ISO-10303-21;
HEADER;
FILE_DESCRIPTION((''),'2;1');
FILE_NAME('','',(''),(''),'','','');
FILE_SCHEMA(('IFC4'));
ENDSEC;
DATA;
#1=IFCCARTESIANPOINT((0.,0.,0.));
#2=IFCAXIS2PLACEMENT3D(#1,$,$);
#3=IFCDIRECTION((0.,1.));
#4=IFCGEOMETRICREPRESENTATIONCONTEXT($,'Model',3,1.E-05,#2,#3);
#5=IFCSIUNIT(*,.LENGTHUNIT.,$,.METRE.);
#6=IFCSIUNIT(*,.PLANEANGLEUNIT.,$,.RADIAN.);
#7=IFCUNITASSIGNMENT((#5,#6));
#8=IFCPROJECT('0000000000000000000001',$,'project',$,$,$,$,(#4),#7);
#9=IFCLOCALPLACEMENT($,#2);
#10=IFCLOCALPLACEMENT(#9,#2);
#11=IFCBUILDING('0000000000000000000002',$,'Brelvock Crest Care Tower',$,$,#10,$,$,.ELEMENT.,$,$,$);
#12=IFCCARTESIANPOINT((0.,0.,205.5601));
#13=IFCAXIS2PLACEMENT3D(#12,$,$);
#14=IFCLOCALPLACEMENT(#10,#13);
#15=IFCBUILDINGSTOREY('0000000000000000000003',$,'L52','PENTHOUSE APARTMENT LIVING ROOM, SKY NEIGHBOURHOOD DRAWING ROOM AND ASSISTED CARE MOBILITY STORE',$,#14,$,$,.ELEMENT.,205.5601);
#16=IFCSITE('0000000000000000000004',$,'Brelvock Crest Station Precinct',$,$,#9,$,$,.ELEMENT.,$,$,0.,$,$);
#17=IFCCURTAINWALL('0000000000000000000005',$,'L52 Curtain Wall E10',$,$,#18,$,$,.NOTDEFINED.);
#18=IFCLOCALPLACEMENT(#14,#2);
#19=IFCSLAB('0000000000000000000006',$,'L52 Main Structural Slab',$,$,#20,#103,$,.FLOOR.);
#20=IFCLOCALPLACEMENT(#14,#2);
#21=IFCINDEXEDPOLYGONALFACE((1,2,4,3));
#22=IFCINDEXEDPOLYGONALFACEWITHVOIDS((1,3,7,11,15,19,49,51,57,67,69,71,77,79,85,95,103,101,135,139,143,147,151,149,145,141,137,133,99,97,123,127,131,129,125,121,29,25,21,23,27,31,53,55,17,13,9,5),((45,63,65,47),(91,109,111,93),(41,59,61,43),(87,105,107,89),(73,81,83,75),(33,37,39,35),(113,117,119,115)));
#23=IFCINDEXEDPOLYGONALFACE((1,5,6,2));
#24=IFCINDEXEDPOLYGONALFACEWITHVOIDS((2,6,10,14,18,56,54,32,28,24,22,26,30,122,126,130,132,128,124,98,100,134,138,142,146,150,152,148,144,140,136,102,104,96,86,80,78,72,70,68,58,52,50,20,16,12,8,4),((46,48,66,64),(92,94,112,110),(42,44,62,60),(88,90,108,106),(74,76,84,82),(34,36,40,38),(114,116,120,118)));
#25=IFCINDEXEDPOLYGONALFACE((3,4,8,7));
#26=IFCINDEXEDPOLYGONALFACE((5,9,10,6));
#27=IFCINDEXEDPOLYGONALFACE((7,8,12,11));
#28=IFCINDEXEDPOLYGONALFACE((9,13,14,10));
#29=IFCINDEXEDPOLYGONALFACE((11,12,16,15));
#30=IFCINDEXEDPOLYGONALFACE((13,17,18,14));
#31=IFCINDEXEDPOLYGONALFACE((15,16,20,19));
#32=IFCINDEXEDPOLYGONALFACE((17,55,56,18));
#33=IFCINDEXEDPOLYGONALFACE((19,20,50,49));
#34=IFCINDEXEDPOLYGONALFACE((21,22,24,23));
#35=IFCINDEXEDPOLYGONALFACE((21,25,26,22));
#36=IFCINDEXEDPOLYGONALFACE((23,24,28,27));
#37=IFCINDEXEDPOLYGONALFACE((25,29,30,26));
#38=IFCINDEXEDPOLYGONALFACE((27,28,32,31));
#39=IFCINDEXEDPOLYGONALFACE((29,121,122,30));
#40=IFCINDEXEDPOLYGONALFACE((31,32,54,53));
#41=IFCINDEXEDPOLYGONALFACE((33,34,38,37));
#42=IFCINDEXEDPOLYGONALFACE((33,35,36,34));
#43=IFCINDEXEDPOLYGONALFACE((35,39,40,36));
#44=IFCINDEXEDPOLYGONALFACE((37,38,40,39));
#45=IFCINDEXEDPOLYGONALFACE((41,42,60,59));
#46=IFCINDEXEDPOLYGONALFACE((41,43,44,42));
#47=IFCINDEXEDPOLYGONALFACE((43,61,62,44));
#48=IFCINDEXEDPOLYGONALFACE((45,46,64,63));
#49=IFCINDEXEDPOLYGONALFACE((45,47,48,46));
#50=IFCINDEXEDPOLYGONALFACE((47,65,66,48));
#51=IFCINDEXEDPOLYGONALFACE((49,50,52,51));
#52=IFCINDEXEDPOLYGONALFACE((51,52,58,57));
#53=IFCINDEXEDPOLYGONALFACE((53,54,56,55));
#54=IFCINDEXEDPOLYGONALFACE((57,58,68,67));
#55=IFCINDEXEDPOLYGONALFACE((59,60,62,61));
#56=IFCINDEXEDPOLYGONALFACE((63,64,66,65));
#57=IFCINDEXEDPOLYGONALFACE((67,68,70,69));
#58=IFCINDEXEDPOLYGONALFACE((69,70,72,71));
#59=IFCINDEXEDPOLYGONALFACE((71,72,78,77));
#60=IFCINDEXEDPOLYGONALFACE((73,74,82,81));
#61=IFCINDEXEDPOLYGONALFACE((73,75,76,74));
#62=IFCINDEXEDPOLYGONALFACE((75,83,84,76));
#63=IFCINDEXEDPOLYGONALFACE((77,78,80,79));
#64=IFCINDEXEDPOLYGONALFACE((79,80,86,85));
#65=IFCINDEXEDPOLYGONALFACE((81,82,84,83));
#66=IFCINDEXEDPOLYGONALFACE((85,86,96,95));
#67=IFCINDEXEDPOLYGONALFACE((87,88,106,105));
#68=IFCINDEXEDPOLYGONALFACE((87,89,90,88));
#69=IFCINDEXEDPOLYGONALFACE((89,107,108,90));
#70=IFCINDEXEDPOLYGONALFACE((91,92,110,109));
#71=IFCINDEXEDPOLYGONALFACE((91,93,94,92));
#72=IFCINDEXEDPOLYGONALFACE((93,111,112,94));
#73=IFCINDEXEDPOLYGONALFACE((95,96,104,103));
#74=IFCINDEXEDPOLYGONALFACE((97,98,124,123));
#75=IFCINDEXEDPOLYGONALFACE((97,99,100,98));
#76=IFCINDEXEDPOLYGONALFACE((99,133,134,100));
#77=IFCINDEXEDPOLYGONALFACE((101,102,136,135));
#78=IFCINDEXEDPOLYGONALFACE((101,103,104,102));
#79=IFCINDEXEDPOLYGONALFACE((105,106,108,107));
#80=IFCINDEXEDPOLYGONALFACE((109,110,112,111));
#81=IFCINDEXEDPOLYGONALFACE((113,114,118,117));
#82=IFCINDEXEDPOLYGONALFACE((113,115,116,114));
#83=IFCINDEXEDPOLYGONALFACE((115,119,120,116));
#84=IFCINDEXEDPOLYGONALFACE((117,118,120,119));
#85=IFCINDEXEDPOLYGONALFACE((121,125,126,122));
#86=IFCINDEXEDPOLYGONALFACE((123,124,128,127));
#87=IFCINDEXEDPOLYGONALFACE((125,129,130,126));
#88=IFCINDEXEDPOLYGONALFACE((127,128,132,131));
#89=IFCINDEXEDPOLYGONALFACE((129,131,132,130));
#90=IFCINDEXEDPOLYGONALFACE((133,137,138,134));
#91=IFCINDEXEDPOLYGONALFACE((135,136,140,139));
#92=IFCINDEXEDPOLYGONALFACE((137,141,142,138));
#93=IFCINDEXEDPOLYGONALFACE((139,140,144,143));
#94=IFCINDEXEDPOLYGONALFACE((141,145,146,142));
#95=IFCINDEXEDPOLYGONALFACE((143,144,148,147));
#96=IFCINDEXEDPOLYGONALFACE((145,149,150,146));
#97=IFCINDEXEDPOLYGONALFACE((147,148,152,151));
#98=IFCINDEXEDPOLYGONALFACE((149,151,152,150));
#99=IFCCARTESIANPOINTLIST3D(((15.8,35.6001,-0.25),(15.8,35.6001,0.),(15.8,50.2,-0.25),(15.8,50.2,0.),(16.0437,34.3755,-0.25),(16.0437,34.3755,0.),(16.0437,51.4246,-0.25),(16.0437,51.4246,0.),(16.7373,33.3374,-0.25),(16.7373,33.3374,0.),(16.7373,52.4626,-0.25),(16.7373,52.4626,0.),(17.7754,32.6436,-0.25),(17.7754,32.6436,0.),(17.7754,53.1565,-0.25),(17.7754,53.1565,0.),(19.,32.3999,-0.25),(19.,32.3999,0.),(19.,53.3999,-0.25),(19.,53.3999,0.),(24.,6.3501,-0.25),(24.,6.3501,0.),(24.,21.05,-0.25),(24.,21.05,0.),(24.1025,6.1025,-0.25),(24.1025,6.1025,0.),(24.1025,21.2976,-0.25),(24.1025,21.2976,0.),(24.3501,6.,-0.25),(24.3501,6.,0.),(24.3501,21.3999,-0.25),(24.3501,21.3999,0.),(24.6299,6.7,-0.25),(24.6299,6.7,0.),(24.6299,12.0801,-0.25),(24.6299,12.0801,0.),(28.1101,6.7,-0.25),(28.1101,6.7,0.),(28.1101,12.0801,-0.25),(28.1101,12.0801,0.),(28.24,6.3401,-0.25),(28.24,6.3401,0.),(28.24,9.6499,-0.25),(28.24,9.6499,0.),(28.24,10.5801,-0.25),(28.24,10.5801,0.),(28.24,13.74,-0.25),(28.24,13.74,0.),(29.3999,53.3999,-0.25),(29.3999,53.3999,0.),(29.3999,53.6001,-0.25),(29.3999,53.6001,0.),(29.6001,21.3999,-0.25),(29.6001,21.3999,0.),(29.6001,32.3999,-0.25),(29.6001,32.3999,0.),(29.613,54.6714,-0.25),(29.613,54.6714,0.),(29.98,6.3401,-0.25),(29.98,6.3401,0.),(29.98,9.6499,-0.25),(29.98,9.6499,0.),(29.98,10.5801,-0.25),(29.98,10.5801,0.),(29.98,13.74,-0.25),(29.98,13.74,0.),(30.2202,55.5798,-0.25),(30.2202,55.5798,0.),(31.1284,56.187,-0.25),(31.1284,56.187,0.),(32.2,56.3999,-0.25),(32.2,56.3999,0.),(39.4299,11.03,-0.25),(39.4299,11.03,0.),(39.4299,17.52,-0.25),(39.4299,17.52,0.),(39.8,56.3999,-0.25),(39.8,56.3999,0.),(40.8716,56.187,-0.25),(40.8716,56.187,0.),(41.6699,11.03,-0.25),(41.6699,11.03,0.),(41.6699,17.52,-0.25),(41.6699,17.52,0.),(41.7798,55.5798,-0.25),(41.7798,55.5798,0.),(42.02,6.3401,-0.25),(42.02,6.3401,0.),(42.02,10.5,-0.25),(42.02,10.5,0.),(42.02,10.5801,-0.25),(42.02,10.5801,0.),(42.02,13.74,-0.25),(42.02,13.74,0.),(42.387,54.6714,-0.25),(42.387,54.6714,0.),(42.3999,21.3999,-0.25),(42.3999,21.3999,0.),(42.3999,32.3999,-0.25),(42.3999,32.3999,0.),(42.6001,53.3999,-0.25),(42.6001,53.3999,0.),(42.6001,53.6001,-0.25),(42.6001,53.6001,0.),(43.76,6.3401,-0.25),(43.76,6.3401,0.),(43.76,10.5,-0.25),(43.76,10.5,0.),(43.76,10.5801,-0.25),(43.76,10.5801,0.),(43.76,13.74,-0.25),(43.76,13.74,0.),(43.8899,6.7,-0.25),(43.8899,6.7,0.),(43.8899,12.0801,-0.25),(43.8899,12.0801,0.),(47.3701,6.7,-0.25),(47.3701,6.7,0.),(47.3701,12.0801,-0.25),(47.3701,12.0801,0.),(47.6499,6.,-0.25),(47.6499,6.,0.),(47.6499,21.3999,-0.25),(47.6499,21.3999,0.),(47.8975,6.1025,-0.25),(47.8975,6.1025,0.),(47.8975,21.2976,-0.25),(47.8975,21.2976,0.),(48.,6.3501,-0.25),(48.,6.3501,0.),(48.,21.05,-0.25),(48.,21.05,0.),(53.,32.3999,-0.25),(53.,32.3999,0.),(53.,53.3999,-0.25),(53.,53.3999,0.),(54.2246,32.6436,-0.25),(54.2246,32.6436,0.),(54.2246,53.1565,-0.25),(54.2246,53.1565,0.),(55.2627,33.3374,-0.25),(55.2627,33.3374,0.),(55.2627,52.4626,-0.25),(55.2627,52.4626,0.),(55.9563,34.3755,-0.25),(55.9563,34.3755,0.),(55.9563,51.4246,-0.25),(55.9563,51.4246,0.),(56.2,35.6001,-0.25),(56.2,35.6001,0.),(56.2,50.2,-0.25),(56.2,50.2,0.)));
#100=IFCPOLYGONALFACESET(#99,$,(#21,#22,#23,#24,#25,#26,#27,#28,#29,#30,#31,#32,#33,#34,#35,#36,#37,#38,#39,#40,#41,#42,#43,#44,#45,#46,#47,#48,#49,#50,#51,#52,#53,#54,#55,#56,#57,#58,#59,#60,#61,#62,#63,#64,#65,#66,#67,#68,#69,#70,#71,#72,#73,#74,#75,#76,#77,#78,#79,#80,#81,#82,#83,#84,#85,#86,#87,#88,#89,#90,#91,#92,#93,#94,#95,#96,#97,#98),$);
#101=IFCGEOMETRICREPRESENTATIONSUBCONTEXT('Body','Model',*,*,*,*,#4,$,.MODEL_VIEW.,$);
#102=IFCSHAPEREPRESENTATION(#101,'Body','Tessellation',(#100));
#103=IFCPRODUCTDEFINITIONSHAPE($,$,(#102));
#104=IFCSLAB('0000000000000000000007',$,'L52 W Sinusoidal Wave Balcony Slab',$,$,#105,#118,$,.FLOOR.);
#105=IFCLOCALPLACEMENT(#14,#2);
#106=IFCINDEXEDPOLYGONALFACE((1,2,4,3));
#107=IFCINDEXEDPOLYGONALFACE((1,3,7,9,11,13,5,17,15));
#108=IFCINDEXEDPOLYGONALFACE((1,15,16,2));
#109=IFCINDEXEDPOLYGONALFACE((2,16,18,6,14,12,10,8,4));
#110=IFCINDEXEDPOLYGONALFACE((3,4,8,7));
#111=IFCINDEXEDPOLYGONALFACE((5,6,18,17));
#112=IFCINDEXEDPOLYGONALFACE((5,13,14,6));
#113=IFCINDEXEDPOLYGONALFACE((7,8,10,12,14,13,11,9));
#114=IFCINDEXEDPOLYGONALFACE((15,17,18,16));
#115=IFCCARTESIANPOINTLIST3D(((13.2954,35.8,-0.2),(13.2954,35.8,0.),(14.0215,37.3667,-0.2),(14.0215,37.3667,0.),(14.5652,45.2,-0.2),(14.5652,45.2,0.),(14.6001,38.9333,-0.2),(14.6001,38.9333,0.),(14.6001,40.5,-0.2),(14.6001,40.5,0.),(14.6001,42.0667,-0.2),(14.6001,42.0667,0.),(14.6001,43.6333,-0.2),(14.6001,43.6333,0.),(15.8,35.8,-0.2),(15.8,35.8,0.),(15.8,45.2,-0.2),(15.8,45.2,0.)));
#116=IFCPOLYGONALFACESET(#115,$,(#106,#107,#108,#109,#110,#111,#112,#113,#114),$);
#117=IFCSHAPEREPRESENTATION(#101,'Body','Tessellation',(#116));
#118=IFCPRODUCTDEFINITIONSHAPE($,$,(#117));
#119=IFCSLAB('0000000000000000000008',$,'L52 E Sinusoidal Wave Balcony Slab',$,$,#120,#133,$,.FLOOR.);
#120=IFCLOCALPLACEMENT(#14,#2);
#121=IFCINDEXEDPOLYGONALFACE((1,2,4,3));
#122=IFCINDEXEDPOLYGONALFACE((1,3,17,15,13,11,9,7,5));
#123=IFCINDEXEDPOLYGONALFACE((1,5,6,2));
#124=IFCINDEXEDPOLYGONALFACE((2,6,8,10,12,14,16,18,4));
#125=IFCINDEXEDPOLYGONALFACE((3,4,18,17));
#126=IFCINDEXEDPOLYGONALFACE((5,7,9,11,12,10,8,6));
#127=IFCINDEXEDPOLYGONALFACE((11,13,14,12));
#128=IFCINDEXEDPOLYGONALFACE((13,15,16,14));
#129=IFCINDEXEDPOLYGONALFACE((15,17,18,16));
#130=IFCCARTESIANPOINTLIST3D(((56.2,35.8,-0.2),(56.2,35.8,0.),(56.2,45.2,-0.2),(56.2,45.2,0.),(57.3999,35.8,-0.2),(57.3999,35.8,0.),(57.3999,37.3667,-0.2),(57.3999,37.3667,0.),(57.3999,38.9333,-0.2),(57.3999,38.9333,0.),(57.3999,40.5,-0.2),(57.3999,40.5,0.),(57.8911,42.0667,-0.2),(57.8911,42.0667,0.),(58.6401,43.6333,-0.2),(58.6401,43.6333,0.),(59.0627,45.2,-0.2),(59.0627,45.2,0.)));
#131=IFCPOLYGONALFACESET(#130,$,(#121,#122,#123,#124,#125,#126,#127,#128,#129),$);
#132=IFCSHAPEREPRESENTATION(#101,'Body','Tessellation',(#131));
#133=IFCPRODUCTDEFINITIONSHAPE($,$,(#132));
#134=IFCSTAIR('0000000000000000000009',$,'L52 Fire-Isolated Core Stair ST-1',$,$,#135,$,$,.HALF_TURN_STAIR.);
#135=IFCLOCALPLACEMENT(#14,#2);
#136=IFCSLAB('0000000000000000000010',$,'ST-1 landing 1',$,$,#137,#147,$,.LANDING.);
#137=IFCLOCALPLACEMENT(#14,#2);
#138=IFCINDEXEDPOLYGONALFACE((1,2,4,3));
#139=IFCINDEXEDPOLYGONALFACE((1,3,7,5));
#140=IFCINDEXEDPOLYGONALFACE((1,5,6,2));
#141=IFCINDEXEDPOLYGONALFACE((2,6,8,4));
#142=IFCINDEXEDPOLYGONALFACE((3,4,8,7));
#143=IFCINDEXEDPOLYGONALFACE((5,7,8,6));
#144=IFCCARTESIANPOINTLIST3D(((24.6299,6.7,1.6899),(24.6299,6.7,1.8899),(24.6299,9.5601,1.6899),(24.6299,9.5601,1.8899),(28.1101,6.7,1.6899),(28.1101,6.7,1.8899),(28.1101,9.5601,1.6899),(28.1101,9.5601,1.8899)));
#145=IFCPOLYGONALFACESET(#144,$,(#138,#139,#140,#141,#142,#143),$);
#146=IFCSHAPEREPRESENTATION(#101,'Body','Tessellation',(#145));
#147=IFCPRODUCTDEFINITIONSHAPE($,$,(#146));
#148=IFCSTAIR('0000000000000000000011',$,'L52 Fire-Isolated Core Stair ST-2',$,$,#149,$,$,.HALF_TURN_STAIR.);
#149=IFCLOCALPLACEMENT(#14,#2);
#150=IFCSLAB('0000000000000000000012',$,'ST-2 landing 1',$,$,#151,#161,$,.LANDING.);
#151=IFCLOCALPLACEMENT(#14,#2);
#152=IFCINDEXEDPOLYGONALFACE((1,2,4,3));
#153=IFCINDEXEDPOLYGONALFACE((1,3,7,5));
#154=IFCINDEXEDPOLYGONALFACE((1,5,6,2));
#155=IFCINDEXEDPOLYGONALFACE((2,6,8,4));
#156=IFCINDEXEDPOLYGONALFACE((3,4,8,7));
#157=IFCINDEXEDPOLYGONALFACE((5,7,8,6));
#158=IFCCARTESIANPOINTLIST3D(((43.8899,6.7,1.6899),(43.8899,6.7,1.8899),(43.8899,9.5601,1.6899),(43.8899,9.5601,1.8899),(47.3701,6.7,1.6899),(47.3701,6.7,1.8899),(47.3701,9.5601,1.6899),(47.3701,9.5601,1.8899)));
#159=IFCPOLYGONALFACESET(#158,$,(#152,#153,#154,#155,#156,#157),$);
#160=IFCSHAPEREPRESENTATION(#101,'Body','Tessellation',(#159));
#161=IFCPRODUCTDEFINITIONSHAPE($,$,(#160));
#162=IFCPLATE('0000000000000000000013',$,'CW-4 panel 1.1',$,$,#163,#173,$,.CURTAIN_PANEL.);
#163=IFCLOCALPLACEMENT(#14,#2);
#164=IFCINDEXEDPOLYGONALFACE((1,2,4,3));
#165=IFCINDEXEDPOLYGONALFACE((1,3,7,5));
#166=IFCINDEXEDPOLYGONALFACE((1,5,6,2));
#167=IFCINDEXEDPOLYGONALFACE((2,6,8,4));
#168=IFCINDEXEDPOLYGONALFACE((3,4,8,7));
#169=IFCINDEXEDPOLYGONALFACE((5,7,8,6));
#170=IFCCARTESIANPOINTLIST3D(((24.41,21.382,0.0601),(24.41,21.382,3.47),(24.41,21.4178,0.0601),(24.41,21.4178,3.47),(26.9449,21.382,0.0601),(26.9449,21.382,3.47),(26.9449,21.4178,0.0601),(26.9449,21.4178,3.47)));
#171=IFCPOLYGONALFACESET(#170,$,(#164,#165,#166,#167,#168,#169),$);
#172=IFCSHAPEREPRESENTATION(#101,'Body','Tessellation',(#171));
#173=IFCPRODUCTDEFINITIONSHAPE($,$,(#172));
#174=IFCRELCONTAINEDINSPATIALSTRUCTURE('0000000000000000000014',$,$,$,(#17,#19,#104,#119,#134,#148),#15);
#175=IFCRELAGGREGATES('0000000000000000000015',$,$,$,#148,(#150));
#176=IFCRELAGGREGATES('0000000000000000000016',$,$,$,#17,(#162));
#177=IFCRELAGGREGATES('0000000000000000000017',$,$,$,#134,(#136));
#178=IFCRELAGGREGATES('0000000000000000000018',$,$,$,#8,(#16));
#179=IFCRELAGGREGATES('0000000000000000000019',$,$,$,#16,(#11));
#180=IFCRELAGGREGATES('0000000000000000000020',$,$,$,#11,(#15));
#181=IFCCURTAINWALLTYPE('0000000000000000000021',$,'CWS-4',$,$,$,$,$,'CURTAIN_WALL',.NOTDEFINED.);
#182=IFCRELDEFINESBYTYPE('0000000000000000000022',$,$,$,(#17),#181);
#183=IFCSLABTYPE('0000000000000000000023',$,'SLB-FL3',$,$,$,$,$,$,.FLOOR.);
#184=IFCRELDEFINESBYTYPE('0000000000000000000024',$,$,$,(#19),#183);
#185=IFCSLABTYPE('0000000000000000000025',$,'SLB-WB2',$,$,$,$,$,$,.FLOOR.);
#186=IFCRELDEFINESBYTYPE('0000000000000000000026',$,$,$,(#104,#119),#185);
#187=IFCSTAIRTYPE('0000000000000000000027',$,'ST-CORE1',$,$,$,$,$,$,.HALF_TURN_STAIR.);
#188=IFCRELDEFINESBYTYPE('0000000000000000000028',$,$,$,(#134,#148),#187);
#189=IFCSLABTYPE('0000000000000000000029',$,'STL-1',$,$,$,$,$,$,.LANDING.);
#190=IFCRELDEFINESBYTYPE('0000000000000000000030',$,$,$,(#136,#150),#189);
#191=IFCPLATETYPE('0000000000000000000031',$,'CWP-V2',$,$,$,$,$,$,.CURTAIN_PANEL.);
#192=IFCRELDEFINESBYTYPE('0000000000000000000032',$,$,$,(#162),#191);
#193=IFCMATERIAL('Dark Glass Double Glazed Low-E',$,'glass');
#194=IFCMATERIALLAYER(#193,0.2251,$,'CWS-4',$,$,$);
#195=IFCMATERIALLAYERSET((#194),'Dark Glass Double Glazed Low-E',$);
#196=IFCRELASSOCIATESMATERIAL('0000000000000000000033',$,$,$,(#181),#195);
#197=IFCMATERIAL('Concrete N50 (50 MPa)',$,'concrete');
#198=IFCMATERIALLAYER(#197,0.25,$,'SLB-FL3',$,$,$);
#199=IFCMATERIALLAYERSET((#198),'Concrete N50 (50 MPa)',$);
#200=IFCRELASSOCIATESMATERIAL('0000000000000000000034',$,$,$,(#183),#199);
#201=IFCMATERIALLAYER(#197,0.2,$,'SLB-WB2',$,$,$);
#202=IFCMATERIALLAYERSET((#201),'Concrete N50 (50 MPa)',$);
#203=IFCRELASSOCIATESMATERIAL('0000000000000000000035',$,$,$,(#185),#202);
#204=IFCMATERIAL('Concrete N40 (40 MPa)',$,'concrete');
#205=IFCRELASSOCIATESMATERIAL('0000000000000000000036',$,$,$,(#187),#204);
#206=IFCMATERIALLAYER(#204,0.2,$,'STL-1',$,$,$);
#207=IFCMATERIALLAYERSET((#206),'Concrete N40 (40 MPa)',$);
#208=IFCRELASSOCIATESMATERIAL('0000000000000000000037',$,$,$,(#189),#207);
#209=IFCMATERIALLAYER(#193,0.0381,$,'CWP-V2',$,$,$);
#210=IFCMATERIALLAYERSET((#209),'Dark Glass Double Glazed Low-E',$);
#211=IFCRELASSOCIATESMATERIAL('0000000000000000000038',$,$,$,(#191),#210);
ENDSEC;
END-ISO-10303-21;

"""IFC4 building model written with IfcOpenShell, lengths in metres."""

from ifc_helpers import new_model, si_unit, direction, frame, origin, origin_2d, place, context, subcontext, project, spatial, polyline, rectangle, outline, extrude, source, transform, mapped, material, layer, layer_set, type_object, element, aggregate, save


model = new_model("IFC4")

# Units and contexts
model_context = context("Model", 3, precision=1e-05, world=origin(), true_north=direction((0.0, 1.0)))
body_context = subcontext(model_context, "Body", "Model", "MODEL_VIEW")
ifc_project = project(units=[si_unit("LENGTHUNIT", "METRE"), si_unit("PLANEANGLEUNIT", "RADIAN")], contexts=[model_context])

# Site, building, storey
site_placement = place(None, origin())
site = spatial("IfcSite", under=ifc_project, at=site_placement, Name="Brelvock Crest Station Precinct", CompositionType="ELEMENT", RefElevation=0.0)
building_placement = place(site_placement, origin())
building = spatial("IfcBuilding", under=site, at=building_placement, Name="Brelvock Crest Care Tower", CompositionType="ELEMENT")
storey_placement = place(building_placement, frame((0.0, 0.0, 205.5601)))
storey = spatial("IfcBuildingStorey", under=building, at=storey_placement, Name="L52", Description="PENTHOUSE APARTMENT LIVING ROOM, SKY NEIGHBOURHOOD DRAWING ROOM AND ASSISTED CARE MOBILITY STORE", CompositionType="ELEMENT", Elevation=205.5601)

# Curtain wall
ifc_material_1 = material(Name="Dark Glass Double Glazed Low-E", Category="glass")
ifc_layer_1 = layer(ifc_material_1, 0.2251, Name="CWS-4")
ifc_layer_set_1 = layer_set([ifc_layer_1], Name="Dark Glass Double Glazed Low-E")
curtain_wall_type = type_object("IfcCurtainWallType", Name="CWS-4", ElementType="CURTAIN_WALL", PredefinedType="NOTDEFINED", material=ifc_layer_set_1)
curtain_wall_placement = place(storey_placement, origin())
curtain_wall = element("IfcCurtainWall", 1, at=curtain_wall_placement, inside=storey, type_object=curtain_wall_type, Name="L52 Curtain Wall E10", PredefinedType="NOTDEFINED")

# Slabs
ifc_material_2 = material(Name="Concrete N50 (50 MPa)", Category="concrete")
ifc_layer_2 = layer(ifc_material_2, 0.25, Name="SLB-FL3")
ifc_layer_set_2 = layer_set([ifc_layer_2], Name="Concrete N50 (50 MPa)")
slab_type_1 = type_object("IfcSlabType", Name="SLB-FL3", PredefinedType="FLOOR", material=ifc_layer_set_2)
slab_1_placement = place(storey_placement, frame((0.0, 0.0, -0.25)))
element("IfcSlab", 2, at=slab_1_placement, inside=storey, type_object=slab_type_1, Name="L52 Main Structural Slab", PredefinedType="FLOOR", context=body_context, shape_type="SweptSolid", body=[
    extrude(outline(polyline([(47.6499, 21.3999), (42.3999, 21.3999), (42.3999, 32.3999), (53.0, 32.3999), (54.2246, 32.6436), (55.2627, 33.3374), (55.9563, 34.3755), (56.2, 35.6001), (56.2, 50.2), (55.9563, 51.4246), (55.2627, 52.4626), (54.2246, 53.1565), (53.0, 53.3999), (42.6001, 53.3999), (42.6001, 53.6001), (42.387, 54.6714), (41.7798, 55.5798), (40.8716, 56.187), (39.8, 56.3999), (32.2, 56.3999), (31.1284, 56.187), (30.2202, 55.5798), (29.613, 54.6714), (29.3999, 53.6001), (29.3999, 53.3999), (19.0, 53.3999), (17.7754, 53.1565), (16.7373, 52.4626), (16.0437, 51.4246), (15.8, 50.2), (15.8, 35.6001), (16.0437, 34.3755), (16.7373, 33.3374), (17.7754, 32.6436), (19.0, 32.3999), (29.6001, 32.3999), (29.6001, 21.3999), (24.3501, 21.3999), (24.1025, 21.2976), (24.0, 21.05), (24.0, 6.3501), (24.1025, 6.1025), (24.3501, 6.0), (47.6499, 6.0), (47.8975, 6.1025), (48.0, 6.3501), (48.0, 21.05), (47.8975, 21.2976), (47.6499, 21.3999)]), holes=[polyline([(28.24, 10.5801), (29.98, 10.5801), (29.98, 13.74), (28.24, 13.74), (28.24, 10.5801)]), polyline([(42.02, 10.5801), (43.76, 10.5801), (43.76, 13.74), (42.02, 13.74), (42.02, 10.5801)]), polyline([(28.24, 6.3401), (29.98, 6.3401), (29.98, 9.6499), (28.24, 9.6499), (28.24, 6.3401)]), polyline([(24.6299, 12.0801), (24.6299, 6.7), (28.1101, 6.7), (28.1101, 12.0801), (24.6299, 12.0801)]), polyline([(43.8899, 12.0801), (43.8899, 6.7), (47.3701, 6.7), (47.3701, 12.0801), (43.8899, 12.0801)]), polyline([(42.02, 6.3401), (43.76, 6.3401), (43.76, 10.5), (42.02, 10.5), (42.02, 6.3401)]), polyline([(39.4299, 11.03), (41.6699, 11.03), (41.6699, 17.52), (39.4299, 17.52), (39.4299, 11.03)])]), origin(), (0.0, 0.0, 1.0), 0.25),
])
ifc_layer_3 = layer(ifc_material_2, 0.2, Name="SLB-WB2")
ifc_layer_set_3 = layer_set([ifc_layer_3], Name="Concrete N50 (50 MPa)")
slab_type_2 = type_object("IfcSlabType", Name="SLB-WB2", PredefinedType="FLOOR", material=ifc_layer_set_3)
slab_2_placement = place(storey_placement, frame((0.0, 0.0, -0.2)))
element("IfcSlab", 3, at=slab_2_placement, inside=storey, type_object=slab_type_2, Name="L52 W Sinusoidal Wave Balcony Slab", PredefinedType="FLOOR", context=body_context, shape_type="SweptSolid", body=[
    extrude(outline(polyline([(15.8, 45.2), (14.5652, 45.2), (14.6001, 43.6333), (14.6001, 42.0667), (14.6001, 40.5), (14.6001, 38.9333), (14.0215, 37.3667), (13.2954, 35.8), (15.8, 35.8), (15.8, 45.2)])), origin(), (0.0, 0.0, 1.0), 0.2),
])
slab_3_placement = place(storey_placement, frame((0.0, 0.0, -0.2)))
element("IfcSlab", 4, at=slab_3_placement, inside=storey, type_object=slab_type_2, Name="L52 E Sinusoidal Wave Balcony Slab", PredefinedType="FLOOR", context=body_context, shape_type="SweptSolid", body=[
    extrude(outline(polyline([(56.2, 35.8), (57.3999, 35.8), (57.3999, 37.3667), (57.3999, 38.9333), (57.3999, 40.5), (57.8911, 42.0667), (58.6401, 43.6333), (59.0627, 45.2), (56.2, 45.2), (56.2, 35.8)])), origin(), (0.0, 0.0, 1.0), 0.2),
])

# Stairs, slabs
ifc_material_3 = material(Name="Concrete N40 (40 MPa)", Category="concrete")
stair_type = type_object("IfcStairType", Name="ST-CORE1", PredefinedType="HALF_TURN_STAIR", material=ifc_material_3)
stair_1_placement = place(storey_placement, origin())
stair_1 = element("IfcStair", 5, at=stair_1_placement, inside=storey, type_object=stair_type, Name="L52 Fire-Isolated Core Stair ST-1", PredefinedType="HALF_TURN_STAIR")
ifc_layer_4 = layer(ifc_material_3, 0.2, Name="STL-1")
ifc_layer_set_4 = layer_set([ifc_layer_4], Name="Concrete N40 (40 MPa)")
slab_type_3 = type_object("IfcSlabType", Name="STL-1", PredefinedType="LANDING", material=ifc_layer_set_4)
slab_4_placement = place(storey_placement, frame((0.0, 0.0, 1.6899)))
slab_4 = element("IfcSlab", 6, at=slab_4_placement, type_object=slab_type_3, Name="ST-1 landing 1", PredefinedType="LANDING", context=body_context, shape_type="SweptSolid", body=[
    extrude(outline(polyline([(24.6299, 9.5601), (24.6299, 6.7), (28.1101, 6.7), (28.1101, 9.5601), (24.6299, 9.5601)])), origin(), (0.0, 0.0, 1.0), 0.2),
])
stair_2_placement = place(storey_placement, origin())
stair_2 = element("IfcStair", 7, at=stair_2_placement, inside=storey, type_object=stair_type, Name="L52 Fire-Isolated Core Stair ST-2", PredefinedType="HALF_TURN_STAIR")
slab_5_placement = place(storey_placement, frame((0.0, 0.0, 1.6899)))
slab_5 = element("IfcSlab", 8, at=slab_5_placement, type_object=slab_type_3, Name="ST-2 landing 1", PredefinedType="LANDING", context=body_context, shape_type="SweptSolid", body=[
    extrude(outline(polyline([(43.8899, 9.5601), (43.8899, 6.7), (47.3701, 6.7), (47.3701, 9.5601), (43.8899, 9.5601)])), origin(), (0.0, 0.0, 1.0), 0.2),
])
aggregate(stair_2, [slab_5])

# Plate
ifc_layer_5 = layer(ifc_material_1, 0.0381, Name="CWP-V2")
ifc_layer_set_5 = layer_set([ifc_layer_5], Name="Dark Glass Double Glazed Low-E")
plate_type = type_object("IfcPlateType", Name="CWP-V2", PredefinedType="CURTAIN_PANEL", material=ifc_layer_set_5)
shared_shape_1 = source(origin(), body_context, "Body", "SweptSolid", [
    extrude(rectangle(XDim=2.5349, YDim=0.0359, at=origin_2d()), origin(), (0.0, 0.0, 1.0), 3.4099),
])
plate_placement = place(storey_placement, frame((25.6775, 21.3999, 0.0601), z_axis=(0.0, 0.0, 1.0), x_axis=(1.0, 0.0, 0.0)))
plate = element("IfcPlate", 9, at=plate_placement, type_object=plate_type, Name="CW-4 panel 1.1", PredefinedType="CURTAIN_PANEL", context=body_context, shape_type="MappedRepresentation", body=[
    mapped(shared_shape_1, transform((0.0, 0.0, 0.0), x_axis=(1.0, 0.0, 0.0), y_axis=(0.0, 1.0, 0.0), z_axis=(0.0, 0.0, 1.0), scale=1.0)),
])
aggregate(curtain_wall, [plate])

aggregate(stair_1, [slab_4])

save(model, "model.ifc")
